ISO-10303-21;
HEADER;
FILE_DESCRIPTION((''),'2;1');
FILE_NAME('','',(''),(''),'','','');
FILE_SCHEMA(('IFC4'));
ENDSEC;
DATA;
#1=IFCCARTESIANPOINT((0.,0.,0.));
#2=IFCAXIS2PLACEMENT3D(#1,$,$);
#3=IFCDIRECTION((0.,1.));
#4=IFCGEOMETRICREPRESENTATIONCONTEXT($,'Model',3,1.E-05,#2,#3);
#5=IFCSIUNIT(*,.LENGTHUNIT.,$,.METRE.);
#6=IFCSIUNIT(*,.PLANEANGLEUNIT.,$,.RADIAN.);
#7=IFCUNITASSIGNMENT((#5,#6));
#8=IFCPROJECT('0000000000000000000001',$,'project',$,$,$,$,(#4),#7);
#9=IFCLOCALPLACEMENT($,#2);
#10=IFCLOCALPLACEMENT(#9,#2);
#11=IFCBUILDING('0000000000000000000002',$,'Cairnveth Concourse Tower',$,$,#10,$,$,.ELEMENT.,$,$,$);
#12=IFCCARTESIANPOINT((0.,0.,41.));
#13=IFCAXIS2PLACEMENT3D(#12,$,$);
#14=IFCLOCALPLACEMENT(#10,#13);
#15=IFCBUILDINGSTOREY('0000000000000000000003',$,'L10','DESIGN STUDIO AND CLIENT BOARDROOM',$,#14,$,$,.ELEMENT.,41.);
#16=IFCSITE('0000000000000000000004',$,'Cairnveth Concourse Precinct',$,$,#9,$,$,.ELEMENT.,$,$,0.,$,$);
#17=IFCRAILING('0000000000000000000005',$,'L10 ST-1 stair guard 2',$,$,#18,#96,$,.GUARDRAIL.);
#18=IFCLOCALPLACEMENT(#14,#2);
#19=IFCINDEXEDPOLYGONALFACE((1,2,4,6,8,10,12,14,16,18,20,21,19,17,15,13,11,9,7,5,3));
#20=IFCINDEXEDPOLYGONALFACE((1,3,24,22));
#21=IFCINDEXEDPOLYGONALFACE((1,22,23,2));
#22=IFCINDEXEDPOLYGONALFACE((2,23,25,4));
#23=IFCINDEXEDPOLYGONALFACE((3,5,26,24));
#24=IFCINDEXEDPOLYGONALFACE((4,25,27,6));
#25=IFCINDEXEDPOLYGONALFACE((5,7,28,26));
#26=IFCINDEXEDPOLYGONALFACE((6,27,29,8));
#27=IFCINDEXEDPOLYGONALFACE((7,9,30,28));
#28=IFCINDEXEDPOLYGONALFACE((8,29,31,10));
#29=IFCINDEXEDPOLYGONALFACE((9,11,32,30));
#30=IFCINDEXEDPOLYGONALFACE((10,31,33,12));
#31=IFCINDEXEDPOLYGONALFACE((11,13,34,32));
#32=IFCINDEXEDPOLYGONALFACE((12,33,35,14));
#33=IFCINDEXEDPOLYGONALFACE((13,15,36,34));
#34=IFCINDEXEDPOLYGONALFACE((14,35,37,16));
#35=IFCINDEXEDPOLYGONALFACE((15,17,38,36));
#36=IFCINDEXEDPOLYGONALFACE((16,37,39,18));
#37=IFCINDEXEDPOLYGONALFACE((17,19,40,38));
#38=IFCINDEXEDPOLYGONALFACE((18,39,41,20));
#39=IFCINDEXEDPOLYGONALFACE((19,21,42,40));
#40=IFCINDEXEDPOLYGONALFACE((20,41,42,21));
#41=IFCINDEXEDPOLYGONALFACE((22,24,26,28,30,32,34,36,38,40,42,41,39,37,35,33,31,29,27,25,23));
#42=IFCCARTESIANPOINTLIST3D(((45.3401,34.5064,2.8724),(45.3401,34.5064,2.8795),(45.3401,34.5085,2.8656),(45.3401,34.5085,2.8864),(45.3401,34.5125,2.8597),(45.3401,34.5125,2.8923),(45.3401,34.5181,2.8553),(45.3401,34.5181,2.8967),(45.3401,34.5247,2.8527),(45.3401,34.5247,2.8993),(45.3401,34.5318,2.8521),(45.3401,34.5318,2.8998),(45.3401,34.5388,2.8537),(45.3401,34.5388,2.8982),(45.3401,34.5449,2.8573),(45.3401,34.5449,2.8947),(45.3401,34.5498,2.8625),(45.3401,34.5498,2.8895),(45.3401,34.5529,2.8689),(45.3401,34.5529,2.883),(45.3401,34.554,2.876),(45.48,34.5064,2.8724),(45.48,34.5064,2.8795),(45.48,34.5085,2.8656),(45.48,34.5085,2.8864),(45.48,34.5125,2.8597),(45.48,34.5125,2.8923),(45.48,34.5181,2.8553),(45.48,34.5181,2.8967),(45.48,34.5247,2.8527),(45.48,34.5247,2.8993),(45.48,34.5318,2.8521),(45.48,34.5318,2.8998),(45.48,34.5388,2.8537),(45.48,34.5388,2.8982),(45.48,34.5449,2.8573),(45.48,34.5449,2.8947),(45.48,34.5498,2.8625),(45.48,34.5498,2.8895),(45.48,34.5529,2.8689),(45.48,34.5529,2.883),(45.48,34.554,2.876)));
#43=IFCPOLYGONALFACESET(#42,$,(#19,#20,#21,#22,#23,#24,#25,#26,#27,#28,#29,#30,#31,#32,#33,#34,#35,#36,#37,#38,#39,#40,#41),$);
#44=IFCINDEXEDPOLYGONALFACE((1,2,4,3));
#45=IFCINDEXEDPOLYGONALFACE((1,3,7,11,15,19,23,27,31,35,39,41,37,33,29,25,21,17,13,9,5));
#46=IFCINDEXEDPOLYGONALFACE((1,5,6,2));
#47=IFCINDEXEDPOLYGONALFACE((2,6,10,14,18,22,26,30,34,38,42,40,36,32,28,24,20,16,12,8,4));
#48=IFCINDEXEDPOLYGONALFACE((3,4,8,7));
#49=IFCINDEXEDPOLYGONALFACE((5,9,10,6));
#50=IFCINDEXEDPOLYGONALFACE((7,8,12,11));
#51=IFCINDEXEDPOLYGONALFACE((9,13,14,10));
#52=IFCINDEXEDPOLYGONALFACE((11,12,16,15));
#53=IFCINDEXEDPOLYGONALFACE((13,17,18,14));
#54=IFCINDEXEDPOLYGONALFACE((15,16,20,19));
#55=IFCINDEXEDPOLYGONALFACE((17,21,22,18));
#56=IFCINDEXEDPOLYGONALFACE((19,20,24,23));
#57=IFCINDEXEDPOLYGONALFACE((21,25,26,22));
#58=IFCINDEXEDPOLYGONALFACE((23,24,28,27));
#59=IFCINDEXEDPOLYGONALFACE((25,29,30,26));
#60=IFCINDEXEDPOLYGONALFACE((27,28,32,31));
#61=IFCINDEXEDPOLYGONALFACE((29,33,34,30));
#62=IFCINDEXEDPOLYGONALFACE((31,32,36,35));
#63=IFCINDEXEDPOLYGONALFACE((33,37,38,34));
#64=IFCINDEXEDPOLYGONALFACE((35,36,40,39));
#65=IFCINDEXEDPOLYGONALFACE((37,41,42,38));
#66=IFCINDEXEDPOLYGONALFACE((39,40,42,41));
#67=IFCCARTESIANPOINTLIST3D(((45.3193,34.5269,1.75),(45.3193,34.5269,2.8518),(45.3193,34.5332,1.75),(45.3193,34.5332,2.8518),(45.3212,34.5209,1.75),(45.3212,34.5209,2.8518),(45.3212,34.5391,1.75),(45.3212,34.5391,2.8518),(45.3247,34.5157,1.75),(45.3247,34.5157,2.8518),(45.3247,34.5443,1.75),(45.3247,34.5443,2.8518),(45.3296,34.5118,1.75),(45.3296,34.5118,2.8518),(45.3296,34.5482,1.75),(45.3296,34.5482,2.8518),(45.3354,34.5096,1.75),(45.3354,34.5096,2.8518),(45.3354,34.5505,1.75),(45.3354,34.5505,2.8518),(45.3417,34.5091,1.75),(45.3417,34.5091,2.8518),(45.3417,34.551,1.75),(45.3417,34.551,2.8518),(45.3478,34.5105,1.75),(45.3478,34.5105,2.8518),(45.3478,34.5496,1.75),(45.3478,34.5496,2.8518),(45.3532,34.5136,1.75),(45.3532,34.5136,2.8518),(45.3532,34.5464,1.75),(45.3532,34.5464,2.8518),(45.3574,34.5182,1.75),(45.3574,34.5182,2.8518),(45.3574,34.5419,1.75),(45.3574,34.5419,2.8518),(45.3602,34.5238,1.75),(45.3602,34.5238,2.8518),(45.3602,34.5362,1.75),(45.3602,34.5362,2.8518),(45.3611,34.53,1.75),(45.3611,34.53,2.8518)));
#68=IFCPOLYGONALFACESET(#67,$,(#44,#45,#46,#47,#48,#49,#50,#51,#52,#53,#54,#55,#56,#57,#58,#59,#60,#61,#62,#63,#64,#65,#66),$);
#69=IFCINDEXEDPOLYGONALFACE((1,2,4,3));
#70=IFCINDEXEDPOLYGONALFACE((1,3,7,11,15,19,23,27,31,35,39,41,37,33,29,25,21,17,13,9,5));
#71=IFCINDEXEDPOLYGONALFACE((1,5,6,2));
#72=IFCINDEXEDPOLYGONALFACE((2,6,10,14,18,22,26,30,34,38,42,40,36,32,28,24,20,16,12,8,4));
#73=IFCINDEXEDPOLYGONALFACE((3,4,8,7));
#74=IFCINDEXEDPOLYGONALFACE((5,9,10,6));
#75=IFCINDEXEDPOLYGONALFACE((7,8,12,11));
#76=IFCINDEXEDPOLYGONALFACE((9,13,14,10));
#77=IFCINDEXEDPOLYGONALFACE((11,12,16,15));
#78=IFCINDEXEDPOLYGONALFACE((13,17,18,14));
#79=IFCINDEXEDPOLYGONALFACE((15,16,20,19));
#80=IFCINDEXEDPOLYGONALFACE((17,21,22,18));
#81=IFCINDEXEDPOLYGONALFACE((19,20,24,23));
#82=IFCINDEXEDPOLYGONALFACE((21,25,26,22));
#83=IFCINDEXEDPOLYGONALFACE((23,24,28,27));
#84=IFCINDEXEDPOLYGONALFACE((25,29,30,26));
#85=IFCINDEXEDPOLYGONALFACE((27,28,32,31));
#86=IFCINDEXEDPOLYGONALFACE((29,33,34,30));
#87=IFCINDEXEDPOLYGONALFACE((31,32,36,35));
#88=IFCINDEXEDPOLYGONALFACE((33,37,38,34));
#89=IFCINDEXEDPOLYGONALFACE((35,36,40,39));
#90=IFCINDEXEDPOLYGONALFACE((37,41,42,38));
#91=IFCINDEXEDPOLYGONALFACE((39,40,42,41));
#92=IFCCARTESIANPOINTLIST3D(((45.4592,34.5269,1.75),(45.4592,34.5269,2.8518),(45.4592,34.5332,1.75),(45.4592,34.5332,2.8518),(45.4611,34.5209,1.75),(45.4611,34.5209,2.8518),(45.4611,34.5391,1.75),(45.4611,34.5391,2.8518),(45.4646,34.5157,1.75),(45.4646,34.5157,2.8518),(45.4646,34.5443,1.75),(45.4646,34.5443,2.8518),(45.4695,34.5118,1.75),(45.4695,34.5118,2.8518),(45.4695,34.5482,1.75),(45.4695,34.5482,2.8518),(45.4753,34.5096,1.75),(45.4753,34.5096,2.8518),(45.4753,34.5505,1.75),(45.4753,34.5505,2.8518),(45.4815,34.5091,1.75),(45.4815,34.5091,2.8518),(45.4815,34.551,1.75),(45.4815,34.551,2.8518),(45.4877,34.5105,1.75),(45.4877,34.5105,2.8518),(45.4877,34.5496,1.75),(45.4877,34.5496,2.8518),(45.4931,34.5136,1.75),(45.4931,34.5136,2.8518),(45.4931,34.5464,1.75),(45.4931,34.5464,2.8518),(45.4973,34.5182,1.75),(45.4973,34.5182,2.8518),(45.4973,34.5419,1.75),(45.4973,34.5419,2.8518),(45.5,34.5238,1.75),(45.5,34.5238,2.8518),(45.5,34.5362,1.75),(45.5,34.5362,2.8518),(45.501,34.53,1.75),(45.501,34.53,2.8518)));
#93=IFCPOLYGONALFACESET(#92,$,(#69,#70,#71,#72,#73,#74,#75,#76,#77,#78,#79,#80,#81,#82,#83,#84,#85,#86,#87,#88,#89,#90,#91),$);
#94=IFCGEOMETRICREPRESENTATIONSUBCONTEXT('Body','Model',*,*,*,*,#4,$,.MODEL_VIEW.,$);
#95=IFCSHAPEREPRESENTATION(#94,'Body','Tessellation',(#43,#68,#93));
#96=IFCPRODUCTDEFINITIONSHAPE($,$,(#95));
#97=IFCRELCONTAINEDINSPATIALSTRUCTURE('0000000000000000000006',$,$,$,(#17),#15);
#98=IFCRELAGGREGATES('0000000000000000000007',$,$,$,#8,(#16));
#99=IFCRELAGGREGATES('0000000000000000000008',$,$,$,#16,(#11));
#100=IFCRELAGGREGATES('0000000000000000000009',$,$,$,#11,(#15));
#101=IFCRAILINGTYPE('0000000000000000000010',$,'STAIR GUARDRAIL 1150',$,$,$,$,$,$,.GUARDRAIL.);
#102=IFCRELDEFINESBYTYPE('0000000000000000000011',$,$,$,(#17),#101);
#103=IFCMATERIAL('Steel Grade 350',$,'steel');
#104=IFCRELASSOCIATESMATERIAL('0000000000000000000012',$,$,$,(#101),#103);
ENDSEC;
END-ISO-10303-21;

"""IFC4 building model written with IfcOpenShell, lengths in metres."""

from ifc_helpers import new_model, si_unit, direction, frame, origin, origin_2d, place, context, subcontext, project, spatial, circle, extrude, material, type_object, element, save


model = new_model("IFC4")

# Units and contexts
model_context = context("Model", 3, precision=1e-05, world=origin(), true_north=direction((0.0, 1.0)))
body_context = subcontext(model_context, "Body", "Model", "MODEL_VIEW")
ifc_project = project(units=[si_unit("LENGTHUNIT", "METRE"), si_unit("PLANEANGLEUNIT", "RADIAN")], contexts=[model_context])

# Site, building, storey
site_placement = place(None, origin())
site = spatial("IfcSite", under=ifc_project, at=site_placement, Name="Cairnveth Concourse Precinct", CompositionType="ELEMENT", RefElevation=0.0)
building_placement = place(site_placement, origin())
building = spatial("IfcBuilding", under=site, at=building_placement, Name="Cairnveth Concourse Tower", CompositionType="ELEMENT")
storey_placement = place(building_placement, frame((0.0, 0.0, 41.0)))
storey = spatial("IfcBuildingStorey", under=building, at=storey_placement, Name="L10", Description="DESIGN STUDIO AND CLIENT BOARDROOM", CompositionType="ELEMENT", Elevation=41.0)

# Railing
ifc_material_1 = material(Name="Steel Grade 350", Category="steel")
railing_type_1 = type_object("IfcRailingType", Name="STAIR GUARDRAIL 1150", PredefinedType="GUARDRAIL", material=ifc_material_1)
railing_1_placement = place(storey_placement, frame((45.3401, 34.53, 1.75)))
element("IfcRailing", 1, at=railing_1_placement, inside=storey, type_object=railing_type_1, Name="L10 ST-1 stair guard 2", PredefinedType="GUARDRAIL", context=body_context, shape_type="SweptSolid", body=[
    extrude(circle(Radius=0.0239, at=origin_2d()), frame((0.0, 0.0, 1.126), z_axis=(1.0, 0.0, 0.0), x_axis=(0.0, 1.0, 0.0)), (0.0, 0.0, 1.0), 0.1399),
    extrude(circle(Radius=0.021, at=origin_2d()), origin(), (0.0, 0.0, 1.0), 1.1018),
    extrude(circle(Radius=0.021, at=origin_2d()), frame((0.1399, 0.0, 0.0)), (0.0, 0.0, 1.0), 1.1018),
])

save(model, "model.ifc")
